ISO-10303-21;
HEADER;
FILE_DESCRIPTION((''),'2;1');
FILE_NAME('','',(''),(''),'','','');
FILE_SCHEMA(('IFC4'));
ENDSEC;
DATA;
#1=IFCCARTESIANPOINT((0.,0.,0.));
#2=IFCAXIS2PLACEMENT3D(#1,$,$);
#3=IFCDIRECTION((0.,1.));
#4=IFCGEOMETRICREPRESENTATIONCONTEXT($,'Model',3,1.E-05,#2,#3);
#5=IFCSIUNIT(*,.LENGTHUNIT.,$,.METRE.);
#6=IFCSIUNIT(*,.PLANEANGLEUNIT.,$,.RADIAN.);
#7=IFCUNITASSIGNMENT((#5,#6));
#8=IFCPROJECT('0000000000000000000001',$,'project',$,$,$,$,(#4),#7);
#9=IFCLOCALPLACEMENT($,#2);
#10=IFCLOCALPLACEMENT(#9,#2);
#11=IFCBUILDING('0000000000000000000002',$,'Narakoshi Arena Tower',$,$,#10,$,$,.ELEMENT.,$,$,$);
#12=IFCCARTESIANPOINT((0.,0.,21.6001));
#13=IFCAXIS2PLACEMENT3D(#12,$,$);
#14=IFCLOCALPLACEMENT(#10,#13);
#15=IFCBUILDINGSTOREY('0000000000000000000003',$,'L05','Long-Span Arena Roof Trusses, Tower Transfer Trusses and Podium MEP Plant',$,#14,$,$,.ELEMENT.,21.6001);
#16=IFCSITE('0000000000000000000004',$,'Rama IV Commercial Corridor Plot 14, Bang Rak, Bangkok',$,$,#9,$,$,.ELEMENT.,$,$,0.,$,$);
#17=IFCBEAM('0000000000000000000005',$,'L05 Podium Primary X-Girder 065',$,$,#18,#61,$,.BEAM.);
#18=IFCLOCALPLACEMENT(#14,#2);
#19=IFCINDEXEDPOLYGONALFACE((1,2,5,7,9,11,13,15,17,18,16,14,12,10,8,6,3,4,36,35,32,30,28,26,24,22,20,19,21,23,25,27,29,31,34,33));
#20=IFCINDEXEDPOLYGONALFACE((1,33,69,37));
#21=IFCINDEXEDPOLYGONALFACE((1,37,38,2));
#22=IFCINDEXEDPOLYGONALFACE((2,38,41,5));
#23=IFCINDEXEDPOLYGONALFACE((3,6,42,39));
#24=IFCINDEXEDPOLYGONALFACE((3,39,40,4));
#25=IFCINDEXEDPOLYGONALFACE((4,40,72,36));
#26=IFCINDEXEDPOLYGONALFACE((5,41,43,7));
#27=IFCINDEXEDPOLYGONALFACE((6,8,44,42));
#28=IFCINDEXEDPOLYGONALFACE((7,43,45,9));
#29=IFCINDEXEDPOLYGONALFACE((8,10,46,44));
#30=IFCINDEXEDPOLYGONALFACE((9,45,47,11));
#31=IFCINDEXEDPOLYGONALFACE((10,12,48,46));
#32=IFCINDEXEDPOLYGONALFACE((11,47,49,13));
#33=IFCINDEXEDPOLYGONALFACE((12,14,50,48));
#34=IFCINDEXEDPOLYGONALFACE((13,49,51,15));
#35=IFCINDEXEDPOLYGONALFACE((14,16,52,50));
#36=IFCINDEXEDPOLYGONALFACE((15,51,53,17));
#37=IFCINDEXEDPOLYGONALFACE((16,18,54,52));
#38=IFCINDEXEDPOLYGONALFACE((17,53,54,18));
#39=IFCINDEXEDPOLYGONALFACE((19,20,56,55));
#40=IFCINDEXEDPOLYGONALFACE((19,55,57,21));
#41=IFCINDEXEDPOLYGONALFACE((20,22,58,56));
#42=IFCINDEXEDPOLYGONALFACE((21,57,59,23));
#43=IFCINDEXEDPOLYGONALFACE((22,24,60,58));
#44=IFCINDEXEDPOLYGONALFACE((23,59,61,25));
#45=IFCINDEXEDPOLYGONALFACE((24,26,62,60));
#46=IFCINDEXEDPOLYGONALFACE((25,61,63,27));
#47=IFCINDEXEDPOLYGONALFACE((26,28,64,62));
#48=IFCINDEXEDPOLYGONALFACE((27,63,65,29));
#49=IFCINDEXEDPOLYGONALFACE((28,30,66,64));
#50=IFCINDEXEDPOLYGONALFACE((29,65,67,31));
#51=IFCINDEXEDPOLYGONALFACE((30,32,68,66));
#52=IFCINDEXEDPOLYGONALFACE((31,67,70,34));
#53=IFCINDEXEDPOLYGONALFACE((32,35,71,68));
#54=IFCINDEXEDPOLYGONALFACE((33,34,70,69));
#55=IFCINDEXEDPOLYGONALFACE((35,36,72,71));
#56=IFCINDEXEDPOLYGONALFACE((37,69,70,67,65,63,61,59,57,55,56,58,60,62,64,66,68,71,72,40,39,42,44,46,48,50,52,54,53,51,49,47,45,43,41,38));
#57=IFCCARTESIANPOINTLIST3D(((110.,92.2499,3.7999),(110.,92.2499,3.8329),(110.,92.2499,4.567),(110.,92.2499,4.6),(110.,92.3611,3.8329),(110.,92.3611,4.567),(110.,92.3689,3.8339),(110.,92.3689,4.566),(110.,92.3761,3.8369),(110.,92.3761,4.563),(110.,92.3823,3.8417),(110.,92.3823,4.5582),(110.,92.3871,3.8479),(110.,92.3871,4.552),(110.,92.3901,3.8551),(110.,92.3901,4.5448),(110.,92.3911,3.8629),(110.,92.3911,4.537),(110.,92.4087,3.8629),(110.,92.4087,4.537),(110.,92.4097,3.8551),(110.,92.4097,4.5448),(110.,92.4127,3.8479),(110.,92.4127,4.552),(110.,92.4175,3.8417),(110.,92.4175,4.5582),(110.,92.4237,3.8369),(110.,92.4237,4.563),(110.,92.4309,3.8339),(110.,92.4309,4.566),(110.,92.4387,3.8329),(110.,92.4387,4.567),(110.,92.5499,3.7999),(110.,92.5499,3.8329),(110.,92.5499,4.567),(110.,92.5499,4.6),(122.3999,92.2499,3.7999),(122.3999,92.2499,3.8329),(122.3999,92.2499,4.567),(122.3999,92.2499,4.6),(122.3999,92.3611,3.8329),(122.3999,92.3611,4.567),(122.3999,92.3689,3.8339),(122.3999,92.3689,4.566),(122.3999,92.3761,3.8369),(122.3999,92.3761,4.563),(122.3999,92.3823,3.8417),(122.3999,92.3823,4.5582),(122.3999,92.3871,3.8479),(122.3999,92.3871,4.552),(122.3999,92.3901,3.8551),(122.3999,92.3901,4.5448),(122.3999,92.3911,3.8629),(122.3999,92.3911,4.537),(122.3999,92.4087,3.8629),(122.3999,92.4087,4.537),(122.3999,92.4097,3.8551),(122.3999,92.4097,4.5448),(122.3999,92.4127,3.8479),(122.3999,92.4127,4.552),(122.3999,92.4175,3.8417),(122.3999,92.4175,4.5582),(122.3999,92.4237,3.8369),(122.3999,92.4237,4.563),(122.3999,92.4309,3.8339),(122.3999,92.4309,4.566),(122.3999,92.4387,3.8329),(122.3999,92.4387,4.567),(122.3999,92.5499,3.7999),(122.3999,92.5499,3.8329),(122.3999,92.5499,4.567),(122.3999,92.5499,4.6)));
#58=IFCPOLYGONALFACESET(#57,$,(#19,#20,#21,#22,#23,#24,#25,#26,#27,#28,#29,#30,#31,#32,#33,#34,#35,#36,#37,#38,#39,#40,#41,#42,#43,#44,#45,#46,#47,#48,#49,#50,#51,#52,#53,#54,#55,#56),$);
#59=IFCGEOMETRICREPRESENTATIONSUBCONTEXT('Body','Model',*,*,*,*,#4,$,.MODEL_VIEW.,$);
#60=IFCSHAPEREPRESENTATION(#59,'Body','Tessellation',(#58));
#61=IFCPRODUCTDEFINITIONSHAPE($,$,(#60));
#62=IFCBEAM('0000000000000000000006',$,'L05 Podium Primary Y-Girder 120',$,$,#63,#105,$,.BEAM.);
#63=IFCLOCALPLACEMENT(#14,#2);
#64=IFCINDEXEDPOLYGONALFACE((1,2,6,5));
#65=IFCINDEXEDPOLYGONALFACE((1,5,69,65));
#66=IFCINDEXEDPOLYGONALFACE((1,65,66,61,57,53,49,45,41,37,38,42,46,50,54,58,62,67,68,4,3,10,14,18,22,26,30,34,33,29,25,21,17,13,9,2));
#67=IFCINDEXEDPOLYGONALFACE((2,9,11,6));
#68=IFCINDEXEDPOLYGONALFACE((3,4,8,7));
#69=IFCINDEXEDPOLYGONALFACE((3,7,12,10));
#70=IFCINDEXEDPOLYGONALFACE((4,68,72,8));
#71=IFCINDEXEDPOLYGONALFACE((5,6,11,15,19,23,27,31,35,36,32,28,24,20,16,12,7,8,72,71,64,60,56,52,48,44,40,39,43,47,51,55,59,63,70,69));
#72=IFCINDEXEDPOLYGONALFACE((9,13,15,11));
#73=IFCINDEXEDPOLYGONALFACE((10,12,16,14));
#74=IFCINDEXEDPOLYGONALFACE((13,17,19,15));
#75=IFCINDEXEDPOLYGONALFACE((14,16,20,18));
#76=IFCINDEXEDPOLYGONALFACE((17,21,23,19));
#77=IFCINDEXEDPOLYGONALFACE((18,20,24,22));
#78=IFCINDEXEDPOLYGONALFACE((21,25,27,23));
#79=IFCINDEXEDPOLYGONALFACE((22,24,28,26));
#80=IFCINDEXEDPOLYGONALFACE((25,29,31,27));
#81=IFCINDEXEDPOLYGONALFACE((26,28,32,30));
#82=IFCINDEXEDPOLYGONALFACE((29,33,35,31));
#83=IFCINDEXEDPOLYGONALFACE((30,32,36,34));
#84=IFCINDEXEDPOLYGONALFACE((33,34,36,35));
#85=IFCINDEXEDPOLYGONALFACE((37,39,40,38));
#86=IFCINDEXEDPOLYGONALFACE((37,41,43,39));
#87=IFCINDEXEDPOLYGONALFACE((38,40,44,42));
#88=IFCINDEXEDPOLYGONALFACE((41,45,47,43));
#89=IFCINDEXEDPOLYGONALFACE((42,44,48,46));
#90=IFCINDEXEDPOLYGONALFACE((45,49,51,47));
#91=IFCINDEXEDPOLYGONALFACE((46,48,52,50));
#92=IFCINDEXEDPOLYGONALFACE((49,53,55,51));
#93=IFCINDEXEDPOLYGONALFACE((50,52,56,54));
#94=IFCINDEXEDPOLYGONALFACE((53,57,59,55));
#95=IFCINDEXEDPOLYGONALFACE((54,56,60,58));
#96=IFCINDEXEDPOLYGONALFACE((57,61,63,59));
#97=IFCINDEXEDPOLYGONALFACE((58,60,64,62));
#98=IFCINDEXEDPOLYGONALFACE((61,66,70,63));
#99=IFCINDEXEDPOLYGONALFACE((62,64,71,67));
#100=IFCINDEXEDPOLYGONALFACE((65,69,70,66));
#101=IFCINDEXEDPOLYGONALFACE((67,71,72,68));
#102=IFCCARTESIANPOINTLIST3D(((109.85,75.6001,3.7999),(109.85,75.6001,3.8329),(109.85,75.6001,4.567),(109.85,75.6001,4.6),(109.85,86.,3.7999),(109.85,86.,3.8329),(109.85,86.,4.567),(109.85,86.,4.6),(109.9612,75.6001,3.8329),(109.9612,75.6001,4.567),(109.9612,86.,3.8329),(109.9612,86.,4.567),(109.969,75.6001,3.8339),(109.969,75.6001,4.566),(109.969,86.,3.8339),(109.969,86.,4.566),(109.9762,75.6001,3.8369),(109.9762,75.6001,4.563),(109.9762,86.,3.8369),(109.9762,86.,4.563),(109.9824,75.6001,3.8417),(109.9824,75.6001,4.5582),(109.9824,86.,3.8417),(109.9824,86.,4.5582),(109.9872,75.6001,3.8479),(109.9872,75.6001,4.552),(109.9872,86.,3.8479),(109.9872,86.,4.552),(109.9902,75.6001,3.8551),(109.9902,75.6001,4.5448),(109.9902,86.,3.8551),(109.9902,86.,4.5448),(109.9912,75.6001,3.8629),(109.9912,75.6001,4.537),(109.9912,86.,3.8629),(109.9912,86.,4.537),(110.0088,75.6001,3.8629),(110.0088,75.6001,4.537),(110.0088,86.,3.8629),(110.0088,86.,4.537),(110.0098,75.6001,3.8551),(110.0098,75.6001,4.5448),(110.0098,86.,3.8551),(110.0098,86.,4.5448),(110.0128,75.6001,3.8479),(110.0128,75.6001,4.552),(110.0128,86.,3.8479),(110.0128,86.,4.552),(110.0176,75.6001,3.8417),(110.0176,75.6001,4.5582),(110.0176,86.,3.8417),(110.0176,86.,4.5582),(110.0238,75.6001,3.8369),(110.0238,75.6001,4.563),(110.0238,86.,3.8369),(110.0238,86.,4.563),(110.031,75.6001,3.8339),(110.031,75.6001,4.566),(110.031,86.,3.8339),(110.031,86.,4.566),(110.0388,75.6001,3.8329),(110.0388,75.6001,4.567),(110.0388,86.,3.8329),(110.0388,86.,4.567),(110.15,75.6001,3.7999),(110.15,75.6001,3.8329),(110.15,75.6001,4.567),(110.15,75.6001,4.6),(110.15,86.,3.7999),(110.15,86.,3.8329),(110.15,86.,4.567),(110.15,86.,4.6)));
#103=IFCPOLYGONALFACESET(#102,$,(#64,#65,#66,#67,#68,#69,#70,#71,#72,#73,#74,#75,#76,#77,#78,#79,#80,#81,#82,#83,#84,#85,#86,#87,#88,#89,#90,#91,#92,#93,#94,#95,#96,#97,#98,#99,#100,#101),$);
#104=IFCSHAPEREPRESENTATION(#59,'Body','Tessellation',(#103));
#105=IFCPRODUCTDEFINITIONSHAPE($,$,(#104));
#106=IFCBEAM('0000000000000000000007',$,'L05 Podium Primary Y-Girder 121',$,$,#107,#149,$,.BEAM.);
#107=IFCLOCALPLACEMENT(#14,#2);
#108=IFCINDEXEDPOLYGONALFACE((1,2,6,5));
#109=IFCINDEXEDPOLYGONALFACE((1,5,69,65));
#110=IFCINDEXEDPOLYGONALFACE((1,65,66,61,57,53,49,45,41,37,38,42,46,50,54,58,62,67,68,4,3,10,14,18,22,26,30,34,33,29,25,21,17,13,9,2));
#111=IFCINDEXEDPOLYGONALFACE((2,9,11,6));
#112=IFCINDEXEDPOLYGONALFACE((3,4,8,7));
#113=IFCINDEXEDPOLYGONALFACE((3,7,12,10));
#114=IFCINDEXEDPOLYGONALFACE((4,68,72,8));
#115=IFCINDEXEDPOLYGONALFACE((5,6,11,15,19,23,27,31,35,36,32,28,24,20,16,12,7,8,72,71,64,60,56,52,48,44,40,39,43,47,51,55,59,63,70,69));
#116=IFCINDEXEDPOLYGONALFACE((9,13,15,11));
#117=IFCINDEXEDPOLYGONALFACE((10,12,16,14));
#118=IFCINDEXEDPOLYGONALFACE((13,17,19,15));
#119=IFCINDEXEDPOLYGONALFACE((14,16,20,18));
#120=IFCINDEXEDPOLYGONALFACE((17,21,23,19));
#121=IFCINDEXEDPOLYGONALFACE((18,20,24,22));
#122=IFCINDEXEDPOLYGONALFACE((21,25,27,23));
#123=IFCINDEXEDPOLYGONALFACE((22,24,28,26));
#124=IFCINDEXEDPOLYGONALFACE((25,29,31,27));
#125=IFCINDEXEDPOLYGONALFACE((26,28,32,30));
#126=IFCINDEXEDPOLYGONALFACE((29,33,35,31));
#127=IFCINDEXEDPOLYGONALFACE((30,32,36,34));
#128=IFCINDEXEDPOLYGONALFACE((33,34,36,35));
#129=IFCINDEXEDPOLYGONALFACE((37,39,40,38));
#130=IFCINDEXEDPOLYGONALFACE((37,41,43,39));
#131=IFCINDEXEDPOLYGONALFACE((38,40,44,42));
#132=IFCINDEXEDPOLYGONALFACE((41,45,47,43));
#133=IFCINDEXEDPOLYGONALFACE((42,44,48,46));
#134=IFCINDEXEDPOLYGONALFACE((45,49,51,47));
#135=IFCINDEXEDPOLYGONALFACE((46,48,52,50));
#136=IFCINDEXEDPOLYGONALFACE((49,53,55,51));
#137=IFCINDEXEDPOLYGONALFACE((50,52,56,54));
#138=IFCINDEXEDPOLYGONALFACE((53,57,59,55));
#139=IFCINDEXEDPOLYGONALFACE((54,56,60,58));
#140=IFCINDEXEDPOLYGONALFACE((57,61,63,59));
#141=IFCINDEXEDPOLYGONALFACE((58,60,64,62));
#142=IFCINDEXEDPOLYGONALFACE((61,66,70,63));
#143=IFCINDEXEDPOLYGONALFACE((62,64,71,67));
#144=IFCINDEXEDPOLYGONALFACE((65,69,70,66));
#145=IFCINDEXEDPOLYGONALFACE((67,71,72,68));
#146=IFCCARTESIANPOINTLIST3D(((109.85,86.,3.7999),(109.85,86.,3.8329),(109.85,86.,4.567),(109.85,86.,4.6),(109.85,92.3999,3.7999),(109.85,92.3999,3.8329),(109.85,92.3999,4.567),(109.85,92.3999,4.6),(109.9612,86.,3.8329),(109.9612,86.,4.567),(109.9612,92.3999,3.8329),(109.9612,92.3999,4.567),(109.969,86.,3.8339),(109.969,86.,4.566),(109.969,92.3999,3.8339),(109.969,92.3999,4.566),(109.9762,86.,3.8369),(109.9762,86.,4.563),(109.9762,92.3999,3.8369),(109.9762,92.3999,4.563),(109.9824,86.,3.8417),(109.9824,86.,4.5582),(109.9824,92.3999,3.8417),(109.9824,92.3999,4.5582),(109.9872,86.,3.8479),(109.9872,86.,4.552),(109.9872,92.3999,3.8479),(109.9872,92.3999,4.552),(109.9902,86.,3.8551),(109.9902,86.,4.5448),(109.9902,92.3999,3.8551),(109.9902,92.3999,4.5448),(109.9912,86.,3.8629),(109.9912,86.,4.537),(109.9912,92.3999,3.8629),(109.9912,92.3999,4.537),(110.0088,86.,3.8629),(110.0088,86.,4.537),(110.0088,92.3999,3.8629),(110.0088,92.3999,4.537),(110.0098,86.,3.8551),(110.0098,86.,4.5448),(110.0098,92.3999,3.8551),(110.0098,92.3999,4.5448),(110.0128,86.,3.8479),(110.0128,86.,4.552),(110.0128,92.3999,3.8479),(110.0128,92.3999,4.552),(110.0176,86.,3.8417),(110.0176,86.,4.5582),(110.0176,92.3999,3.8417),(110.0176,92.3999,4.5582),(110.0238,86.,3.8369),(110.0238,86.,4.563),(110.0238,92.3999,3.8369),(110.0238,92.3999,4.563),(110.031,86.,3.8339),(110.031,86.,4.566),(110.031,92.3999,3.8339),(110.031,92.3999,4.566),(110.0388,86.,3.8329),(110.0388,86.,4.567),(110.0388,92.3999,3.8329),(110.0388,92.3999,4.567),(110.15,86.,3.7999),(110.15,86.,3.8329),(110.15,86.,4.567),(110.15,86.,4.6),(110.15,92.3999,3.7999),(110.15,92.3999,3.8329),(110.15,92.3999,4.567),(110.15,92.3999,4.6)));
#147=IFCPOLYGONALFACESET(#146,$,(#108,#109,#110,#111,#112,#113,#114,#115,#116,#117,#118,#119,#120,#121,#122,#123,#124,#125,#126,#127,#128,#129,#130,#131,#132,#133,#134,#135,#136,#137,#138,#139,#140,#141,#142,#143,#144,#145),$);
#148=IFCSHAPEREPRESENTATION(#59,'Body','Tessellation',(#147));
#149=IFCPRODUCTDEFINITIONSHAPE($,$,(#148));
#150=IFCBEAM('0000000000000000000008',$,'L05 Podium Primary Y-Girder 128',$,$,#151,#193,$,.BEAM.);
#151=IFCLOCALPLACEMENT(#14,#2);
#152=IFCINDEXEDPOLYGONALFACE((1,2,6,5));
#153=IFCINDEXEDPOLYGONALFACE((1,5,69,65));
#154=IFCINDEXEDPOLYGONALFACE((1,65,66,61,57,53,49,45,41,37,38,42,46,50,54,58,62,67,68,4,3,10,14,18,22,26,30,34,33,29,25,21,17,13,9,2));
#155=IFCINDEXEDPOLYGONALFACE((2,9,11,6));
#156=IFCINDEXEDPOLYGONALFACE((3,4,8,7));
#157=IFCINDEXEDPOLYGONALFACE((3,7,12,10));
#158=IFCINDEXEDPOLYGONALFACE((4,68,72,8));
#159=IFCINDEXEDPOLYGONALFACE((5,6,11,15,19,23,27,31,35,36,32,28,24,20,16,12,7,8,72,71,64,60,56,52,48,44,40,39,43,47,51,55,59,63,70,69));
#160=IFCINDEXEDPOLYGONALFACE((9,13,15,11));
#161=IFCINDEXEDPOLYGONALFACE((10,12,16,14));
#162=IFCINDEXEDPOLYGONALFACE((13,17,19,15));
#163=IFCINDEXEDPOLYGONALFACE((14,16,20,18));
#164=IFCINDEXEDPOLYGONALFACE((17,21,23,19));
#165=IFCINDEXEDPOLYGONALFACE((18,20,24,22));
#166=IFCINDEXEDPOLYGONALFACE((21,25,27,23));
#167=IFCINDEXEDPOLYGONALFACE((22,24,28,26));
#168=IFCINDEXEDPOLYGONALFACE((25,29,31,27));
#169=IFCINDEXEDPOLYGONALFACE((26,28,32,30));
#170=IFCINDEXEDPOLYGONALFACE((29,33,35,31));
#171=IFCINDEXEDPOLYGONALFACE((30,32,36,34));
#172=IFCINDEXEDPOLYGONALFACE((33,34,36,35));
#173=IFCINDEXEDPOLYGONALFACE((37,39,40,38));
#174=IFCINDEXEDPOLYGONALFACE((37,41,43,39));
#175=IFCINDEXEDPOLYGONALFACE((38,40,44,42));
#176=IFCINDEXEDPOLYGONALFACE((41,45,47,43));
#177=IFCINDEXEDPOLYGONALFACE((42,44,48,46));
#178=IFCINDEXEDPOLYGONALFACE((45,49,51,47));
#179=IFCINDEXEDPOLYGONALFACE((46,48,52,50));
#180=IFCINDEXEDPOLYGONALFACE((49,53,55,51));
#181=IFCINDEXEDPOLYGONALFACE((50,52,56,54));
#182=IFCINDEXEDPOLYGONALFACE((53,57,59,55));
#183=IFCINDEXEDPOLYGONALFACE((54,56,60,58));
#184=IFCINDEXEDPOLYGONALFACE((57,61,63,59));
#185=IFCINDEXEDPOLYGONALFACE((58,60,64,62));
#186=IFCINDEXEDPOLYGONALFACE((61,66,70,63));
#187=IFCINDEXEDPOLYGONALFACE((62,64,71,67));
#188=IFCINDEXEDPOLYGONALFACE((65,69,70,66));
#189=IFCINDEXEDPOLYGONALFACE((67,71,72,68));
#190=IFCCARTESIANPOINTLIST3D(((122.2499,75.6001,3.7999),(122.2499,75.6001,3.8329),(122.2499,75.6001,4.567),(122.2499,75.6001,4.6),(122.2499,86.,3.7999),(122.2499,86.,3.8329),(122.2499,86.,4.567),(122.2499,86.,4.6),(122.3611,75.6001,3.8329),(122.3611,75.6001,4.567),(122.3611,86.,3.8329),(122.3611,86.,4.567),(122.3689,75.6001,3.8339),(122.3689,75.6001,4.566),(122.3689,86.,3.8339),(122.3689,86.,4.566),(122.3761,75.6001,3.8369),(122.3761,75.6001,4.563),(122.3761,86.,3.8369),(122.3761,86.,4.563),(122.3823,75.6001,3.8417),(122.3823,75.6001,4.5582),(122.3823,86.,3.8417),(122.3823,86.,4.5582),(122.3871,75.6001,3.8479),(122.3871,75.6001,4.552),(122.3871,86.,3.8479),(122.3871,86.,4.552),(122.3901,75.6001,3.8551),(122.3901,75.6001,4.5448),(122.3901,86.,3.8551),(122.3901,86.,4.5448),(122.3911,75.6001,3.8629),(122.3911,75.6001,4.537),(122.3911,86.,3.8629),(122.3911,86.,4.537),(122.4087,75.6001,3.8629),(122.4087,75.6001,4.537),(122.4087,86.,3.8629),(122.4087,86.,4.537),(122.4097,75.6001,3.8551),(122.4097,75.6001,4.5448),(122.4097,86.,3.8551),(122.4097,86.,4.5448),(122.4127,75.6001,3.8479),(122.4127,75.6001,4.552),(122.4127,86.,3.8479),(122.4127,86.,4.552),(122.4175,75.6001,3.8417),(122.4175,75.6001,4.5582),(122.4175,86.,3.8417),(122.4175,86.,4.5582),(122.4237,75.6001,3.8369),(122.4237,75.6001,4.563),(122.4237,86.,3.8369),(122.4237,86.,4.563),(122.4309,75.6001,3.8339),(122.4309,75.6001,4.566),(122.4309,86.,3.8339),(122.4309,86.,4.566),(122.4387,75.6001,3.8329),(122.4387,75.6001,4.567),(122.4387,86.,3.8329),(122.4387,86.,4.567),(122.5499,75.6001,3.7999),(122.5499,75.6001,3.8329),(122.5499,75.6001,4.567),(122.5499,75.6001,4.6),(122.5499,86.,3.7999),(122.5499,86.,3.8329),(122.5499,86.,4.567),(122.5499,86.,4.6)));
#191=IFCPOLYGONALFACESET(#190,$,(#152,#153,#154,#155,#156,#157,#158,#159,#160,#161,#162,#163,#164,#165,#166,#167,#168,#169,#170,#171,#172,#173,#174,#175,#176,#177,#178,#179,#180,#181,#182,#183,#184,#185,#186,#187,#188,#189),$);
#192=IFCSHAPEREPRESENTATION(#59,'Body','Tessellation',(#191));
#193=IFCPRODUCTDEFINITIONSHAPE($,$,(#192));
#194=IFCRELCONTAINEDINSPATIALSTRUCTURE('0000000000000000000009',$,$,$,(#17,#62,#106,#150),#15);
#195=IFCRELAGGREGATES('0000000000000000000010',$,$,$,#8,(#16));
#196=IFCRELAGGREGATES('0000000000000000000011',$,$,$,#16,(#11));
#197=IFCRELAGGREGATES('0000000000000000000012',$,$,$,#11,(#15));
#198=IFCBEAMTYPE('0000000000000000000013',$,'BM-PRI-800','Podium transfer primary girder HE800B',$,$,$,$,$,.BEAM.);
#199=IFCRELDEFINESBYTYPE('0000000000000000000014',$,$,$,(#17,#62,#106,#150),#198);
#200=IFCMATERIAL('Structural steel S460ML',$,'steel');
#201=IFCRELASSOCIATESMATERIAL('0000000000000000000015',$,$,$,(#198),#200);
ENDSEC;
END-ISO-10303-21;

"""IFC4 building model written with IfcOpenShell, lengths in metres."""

from ifc_helpers import new_model, si_unit, direction, frame, origin, origin_2d, place, context, subcontext, project, spatial, i_section, extrude, material, material_profile, profile_set, type_object, element, save


model = new_model("IFC4")

# Units and contexts
model_context = context("Model", 3, precision=1e-05, world=origin(), true_north=direction((0.0, 1.0)))
body_context = subcontext(model_context, "Body", "Model", "MODEL_VIEW")
ifc_project = project(units=[si_unit("LENGTHUNIT", "METRE"), si_unit("PLANEANGLEUNIT", "RADIAN")], contexts=[model_context])

# Site, building, storey
site_placement = place(None, origin())
site = spatial("IfcSite", under=ifc_project, at=site_placement, Name="Rama IV Commercial Corridor Plot 14, Bang Rak, Bangkok", CompositionType="ELEMENT", RefElevation=0.0)
building_placement = place(site_placement, origin())
building = spatial("IfcBuilding", under=site, at=building_placement, Name="Narakoshi Arena Tower", CompositionType="ELEMENT")
storey_placement = place(building_placement, frame((0.0, 0.0, 21.6001)))
storey = spatial("IfcBuildingStorey", under=building, at=storey_placement, Name="L05", Description="Long-Span Arena Roof Trusses, Tower Transfer Trusses and Podium MEP Plant", CompositionType="ELEMENT", Elevation=21.6001)

# Beams
ifc_material_1 = material(Name="Structural steel S460ML", Category="steel")
ifc_material_profile_1 = material_profile(ifc_material_1, i_section(OverallWidth=0.3, OverallDepth=0.8, WebThickness=0.0176, FlangeThickness=0.033, FilletRadius=0.03, at=origin_2d()), Name="HE800B")
ifc_profile_set_1 = profile_set([ifc_material_profile_1], Name="Structural steel S460ML")
beam_type_1 = type_object("IfcBeamType", Name="BM-PRI-800", Description="Podium transfer primary girder HE800B", PredefinedType="BEAM", material=ifc_profile_set_1)
for number, where, z_axis, x_axis, name in (
    (1, (110.0, 92.3999, 4.2), (1.0, 0.0, 0.0), (0.0, 1.0, 0.0), "L05 Podium Primary X-Girder 065"),
):
    element("IfcBeam", number, at=place(storey_placement, frame(where, z_axis=z_axis, x_axis=x_axis)), inside=storey, type_object=beam_type_1, Name=name, PredefinedType="BEAM", context=body_context, shape_type="SweptSolid", body=[
        extrude(i_section(OverallWidth=0.3, OverallDepth=0.8, WebThickness=0.0176, FlangeThickness=0.033, FilletRadius=0.03, at=origin_2d()), origin(), (0.0, 0.0, 1.0), 12.3999),
    ])
beam_1_placement = place(storey_placement, frame((110.0, 75.6001, 4.2), z_axis=(0.0, 1.0, 0.0), x_axis=(-1.0, 0.0, 0.0)))
element("IfcBeam", 2, at=beam_1_placement, inside=storey, type_object=beam_type_1, Name="L05 Podium Primary Y-Girder 120", PredefinedType="BEAM", context=body_context, shape_type="SweptSolid", body=[
    extrude(i_section(OverallWidth=0.3, OverallDepth=0.8, WebThickness=0.0176, FlangeThickness=0.033, FilletRadius=0.03, at=origin_2d()), origin(), (0.0, 0.0, 1.0), 10.3999),
])
beam_2_placement = place(storey_placement, frame((110.0, 86.0, 4.2), z_axis=(0.0, 1.0, 0.0), x_axis=(-1.0, 0.0, 0.0)))
element("IfcBeam", 3, at=beam_2_placement, inside=storey, type_object=beam_type_1, Name="L05 Podium Primary Y-Girder 121", PredefinedType="BEAM", context=body_context, shape_type="SweptSolid", body=[
    extrude(i_section(OverallWidth=0.3, OverallDepth=0.8, WebThickness=0.0176, FlangeThickness=0.033, FilletRadius=0.03, at=origin_2d()), origin(), (0.0, 0.0, 1.0), 6.3999),
])
beam_3_placement = place(storey_placement, frame((122.3999, 75.6001, 4.2), z_axis=(0.0, 1.0, 0.0), x_axis=(-1.0, 0.0, 0.0)))
element("IfcBeam", 4, at=beam_3_placement, inside=storey, type_object=beam_type_1, Name="L05 Podium Primary Y-Girder 128", PredefinedType="BEAM", context=body_context, shape_type="SweptSolid", body=[
    extrude(i_section(OverallWidth=0.3, OverallDepth=0.8, WebThickness=0.0176, FlangeThickness=0.033, FilletRadius=0.03, at=origin_2d()), origin(), (0.0, 0.0, 1.0), 10.3999),
])

save(model, "model.ifc")
